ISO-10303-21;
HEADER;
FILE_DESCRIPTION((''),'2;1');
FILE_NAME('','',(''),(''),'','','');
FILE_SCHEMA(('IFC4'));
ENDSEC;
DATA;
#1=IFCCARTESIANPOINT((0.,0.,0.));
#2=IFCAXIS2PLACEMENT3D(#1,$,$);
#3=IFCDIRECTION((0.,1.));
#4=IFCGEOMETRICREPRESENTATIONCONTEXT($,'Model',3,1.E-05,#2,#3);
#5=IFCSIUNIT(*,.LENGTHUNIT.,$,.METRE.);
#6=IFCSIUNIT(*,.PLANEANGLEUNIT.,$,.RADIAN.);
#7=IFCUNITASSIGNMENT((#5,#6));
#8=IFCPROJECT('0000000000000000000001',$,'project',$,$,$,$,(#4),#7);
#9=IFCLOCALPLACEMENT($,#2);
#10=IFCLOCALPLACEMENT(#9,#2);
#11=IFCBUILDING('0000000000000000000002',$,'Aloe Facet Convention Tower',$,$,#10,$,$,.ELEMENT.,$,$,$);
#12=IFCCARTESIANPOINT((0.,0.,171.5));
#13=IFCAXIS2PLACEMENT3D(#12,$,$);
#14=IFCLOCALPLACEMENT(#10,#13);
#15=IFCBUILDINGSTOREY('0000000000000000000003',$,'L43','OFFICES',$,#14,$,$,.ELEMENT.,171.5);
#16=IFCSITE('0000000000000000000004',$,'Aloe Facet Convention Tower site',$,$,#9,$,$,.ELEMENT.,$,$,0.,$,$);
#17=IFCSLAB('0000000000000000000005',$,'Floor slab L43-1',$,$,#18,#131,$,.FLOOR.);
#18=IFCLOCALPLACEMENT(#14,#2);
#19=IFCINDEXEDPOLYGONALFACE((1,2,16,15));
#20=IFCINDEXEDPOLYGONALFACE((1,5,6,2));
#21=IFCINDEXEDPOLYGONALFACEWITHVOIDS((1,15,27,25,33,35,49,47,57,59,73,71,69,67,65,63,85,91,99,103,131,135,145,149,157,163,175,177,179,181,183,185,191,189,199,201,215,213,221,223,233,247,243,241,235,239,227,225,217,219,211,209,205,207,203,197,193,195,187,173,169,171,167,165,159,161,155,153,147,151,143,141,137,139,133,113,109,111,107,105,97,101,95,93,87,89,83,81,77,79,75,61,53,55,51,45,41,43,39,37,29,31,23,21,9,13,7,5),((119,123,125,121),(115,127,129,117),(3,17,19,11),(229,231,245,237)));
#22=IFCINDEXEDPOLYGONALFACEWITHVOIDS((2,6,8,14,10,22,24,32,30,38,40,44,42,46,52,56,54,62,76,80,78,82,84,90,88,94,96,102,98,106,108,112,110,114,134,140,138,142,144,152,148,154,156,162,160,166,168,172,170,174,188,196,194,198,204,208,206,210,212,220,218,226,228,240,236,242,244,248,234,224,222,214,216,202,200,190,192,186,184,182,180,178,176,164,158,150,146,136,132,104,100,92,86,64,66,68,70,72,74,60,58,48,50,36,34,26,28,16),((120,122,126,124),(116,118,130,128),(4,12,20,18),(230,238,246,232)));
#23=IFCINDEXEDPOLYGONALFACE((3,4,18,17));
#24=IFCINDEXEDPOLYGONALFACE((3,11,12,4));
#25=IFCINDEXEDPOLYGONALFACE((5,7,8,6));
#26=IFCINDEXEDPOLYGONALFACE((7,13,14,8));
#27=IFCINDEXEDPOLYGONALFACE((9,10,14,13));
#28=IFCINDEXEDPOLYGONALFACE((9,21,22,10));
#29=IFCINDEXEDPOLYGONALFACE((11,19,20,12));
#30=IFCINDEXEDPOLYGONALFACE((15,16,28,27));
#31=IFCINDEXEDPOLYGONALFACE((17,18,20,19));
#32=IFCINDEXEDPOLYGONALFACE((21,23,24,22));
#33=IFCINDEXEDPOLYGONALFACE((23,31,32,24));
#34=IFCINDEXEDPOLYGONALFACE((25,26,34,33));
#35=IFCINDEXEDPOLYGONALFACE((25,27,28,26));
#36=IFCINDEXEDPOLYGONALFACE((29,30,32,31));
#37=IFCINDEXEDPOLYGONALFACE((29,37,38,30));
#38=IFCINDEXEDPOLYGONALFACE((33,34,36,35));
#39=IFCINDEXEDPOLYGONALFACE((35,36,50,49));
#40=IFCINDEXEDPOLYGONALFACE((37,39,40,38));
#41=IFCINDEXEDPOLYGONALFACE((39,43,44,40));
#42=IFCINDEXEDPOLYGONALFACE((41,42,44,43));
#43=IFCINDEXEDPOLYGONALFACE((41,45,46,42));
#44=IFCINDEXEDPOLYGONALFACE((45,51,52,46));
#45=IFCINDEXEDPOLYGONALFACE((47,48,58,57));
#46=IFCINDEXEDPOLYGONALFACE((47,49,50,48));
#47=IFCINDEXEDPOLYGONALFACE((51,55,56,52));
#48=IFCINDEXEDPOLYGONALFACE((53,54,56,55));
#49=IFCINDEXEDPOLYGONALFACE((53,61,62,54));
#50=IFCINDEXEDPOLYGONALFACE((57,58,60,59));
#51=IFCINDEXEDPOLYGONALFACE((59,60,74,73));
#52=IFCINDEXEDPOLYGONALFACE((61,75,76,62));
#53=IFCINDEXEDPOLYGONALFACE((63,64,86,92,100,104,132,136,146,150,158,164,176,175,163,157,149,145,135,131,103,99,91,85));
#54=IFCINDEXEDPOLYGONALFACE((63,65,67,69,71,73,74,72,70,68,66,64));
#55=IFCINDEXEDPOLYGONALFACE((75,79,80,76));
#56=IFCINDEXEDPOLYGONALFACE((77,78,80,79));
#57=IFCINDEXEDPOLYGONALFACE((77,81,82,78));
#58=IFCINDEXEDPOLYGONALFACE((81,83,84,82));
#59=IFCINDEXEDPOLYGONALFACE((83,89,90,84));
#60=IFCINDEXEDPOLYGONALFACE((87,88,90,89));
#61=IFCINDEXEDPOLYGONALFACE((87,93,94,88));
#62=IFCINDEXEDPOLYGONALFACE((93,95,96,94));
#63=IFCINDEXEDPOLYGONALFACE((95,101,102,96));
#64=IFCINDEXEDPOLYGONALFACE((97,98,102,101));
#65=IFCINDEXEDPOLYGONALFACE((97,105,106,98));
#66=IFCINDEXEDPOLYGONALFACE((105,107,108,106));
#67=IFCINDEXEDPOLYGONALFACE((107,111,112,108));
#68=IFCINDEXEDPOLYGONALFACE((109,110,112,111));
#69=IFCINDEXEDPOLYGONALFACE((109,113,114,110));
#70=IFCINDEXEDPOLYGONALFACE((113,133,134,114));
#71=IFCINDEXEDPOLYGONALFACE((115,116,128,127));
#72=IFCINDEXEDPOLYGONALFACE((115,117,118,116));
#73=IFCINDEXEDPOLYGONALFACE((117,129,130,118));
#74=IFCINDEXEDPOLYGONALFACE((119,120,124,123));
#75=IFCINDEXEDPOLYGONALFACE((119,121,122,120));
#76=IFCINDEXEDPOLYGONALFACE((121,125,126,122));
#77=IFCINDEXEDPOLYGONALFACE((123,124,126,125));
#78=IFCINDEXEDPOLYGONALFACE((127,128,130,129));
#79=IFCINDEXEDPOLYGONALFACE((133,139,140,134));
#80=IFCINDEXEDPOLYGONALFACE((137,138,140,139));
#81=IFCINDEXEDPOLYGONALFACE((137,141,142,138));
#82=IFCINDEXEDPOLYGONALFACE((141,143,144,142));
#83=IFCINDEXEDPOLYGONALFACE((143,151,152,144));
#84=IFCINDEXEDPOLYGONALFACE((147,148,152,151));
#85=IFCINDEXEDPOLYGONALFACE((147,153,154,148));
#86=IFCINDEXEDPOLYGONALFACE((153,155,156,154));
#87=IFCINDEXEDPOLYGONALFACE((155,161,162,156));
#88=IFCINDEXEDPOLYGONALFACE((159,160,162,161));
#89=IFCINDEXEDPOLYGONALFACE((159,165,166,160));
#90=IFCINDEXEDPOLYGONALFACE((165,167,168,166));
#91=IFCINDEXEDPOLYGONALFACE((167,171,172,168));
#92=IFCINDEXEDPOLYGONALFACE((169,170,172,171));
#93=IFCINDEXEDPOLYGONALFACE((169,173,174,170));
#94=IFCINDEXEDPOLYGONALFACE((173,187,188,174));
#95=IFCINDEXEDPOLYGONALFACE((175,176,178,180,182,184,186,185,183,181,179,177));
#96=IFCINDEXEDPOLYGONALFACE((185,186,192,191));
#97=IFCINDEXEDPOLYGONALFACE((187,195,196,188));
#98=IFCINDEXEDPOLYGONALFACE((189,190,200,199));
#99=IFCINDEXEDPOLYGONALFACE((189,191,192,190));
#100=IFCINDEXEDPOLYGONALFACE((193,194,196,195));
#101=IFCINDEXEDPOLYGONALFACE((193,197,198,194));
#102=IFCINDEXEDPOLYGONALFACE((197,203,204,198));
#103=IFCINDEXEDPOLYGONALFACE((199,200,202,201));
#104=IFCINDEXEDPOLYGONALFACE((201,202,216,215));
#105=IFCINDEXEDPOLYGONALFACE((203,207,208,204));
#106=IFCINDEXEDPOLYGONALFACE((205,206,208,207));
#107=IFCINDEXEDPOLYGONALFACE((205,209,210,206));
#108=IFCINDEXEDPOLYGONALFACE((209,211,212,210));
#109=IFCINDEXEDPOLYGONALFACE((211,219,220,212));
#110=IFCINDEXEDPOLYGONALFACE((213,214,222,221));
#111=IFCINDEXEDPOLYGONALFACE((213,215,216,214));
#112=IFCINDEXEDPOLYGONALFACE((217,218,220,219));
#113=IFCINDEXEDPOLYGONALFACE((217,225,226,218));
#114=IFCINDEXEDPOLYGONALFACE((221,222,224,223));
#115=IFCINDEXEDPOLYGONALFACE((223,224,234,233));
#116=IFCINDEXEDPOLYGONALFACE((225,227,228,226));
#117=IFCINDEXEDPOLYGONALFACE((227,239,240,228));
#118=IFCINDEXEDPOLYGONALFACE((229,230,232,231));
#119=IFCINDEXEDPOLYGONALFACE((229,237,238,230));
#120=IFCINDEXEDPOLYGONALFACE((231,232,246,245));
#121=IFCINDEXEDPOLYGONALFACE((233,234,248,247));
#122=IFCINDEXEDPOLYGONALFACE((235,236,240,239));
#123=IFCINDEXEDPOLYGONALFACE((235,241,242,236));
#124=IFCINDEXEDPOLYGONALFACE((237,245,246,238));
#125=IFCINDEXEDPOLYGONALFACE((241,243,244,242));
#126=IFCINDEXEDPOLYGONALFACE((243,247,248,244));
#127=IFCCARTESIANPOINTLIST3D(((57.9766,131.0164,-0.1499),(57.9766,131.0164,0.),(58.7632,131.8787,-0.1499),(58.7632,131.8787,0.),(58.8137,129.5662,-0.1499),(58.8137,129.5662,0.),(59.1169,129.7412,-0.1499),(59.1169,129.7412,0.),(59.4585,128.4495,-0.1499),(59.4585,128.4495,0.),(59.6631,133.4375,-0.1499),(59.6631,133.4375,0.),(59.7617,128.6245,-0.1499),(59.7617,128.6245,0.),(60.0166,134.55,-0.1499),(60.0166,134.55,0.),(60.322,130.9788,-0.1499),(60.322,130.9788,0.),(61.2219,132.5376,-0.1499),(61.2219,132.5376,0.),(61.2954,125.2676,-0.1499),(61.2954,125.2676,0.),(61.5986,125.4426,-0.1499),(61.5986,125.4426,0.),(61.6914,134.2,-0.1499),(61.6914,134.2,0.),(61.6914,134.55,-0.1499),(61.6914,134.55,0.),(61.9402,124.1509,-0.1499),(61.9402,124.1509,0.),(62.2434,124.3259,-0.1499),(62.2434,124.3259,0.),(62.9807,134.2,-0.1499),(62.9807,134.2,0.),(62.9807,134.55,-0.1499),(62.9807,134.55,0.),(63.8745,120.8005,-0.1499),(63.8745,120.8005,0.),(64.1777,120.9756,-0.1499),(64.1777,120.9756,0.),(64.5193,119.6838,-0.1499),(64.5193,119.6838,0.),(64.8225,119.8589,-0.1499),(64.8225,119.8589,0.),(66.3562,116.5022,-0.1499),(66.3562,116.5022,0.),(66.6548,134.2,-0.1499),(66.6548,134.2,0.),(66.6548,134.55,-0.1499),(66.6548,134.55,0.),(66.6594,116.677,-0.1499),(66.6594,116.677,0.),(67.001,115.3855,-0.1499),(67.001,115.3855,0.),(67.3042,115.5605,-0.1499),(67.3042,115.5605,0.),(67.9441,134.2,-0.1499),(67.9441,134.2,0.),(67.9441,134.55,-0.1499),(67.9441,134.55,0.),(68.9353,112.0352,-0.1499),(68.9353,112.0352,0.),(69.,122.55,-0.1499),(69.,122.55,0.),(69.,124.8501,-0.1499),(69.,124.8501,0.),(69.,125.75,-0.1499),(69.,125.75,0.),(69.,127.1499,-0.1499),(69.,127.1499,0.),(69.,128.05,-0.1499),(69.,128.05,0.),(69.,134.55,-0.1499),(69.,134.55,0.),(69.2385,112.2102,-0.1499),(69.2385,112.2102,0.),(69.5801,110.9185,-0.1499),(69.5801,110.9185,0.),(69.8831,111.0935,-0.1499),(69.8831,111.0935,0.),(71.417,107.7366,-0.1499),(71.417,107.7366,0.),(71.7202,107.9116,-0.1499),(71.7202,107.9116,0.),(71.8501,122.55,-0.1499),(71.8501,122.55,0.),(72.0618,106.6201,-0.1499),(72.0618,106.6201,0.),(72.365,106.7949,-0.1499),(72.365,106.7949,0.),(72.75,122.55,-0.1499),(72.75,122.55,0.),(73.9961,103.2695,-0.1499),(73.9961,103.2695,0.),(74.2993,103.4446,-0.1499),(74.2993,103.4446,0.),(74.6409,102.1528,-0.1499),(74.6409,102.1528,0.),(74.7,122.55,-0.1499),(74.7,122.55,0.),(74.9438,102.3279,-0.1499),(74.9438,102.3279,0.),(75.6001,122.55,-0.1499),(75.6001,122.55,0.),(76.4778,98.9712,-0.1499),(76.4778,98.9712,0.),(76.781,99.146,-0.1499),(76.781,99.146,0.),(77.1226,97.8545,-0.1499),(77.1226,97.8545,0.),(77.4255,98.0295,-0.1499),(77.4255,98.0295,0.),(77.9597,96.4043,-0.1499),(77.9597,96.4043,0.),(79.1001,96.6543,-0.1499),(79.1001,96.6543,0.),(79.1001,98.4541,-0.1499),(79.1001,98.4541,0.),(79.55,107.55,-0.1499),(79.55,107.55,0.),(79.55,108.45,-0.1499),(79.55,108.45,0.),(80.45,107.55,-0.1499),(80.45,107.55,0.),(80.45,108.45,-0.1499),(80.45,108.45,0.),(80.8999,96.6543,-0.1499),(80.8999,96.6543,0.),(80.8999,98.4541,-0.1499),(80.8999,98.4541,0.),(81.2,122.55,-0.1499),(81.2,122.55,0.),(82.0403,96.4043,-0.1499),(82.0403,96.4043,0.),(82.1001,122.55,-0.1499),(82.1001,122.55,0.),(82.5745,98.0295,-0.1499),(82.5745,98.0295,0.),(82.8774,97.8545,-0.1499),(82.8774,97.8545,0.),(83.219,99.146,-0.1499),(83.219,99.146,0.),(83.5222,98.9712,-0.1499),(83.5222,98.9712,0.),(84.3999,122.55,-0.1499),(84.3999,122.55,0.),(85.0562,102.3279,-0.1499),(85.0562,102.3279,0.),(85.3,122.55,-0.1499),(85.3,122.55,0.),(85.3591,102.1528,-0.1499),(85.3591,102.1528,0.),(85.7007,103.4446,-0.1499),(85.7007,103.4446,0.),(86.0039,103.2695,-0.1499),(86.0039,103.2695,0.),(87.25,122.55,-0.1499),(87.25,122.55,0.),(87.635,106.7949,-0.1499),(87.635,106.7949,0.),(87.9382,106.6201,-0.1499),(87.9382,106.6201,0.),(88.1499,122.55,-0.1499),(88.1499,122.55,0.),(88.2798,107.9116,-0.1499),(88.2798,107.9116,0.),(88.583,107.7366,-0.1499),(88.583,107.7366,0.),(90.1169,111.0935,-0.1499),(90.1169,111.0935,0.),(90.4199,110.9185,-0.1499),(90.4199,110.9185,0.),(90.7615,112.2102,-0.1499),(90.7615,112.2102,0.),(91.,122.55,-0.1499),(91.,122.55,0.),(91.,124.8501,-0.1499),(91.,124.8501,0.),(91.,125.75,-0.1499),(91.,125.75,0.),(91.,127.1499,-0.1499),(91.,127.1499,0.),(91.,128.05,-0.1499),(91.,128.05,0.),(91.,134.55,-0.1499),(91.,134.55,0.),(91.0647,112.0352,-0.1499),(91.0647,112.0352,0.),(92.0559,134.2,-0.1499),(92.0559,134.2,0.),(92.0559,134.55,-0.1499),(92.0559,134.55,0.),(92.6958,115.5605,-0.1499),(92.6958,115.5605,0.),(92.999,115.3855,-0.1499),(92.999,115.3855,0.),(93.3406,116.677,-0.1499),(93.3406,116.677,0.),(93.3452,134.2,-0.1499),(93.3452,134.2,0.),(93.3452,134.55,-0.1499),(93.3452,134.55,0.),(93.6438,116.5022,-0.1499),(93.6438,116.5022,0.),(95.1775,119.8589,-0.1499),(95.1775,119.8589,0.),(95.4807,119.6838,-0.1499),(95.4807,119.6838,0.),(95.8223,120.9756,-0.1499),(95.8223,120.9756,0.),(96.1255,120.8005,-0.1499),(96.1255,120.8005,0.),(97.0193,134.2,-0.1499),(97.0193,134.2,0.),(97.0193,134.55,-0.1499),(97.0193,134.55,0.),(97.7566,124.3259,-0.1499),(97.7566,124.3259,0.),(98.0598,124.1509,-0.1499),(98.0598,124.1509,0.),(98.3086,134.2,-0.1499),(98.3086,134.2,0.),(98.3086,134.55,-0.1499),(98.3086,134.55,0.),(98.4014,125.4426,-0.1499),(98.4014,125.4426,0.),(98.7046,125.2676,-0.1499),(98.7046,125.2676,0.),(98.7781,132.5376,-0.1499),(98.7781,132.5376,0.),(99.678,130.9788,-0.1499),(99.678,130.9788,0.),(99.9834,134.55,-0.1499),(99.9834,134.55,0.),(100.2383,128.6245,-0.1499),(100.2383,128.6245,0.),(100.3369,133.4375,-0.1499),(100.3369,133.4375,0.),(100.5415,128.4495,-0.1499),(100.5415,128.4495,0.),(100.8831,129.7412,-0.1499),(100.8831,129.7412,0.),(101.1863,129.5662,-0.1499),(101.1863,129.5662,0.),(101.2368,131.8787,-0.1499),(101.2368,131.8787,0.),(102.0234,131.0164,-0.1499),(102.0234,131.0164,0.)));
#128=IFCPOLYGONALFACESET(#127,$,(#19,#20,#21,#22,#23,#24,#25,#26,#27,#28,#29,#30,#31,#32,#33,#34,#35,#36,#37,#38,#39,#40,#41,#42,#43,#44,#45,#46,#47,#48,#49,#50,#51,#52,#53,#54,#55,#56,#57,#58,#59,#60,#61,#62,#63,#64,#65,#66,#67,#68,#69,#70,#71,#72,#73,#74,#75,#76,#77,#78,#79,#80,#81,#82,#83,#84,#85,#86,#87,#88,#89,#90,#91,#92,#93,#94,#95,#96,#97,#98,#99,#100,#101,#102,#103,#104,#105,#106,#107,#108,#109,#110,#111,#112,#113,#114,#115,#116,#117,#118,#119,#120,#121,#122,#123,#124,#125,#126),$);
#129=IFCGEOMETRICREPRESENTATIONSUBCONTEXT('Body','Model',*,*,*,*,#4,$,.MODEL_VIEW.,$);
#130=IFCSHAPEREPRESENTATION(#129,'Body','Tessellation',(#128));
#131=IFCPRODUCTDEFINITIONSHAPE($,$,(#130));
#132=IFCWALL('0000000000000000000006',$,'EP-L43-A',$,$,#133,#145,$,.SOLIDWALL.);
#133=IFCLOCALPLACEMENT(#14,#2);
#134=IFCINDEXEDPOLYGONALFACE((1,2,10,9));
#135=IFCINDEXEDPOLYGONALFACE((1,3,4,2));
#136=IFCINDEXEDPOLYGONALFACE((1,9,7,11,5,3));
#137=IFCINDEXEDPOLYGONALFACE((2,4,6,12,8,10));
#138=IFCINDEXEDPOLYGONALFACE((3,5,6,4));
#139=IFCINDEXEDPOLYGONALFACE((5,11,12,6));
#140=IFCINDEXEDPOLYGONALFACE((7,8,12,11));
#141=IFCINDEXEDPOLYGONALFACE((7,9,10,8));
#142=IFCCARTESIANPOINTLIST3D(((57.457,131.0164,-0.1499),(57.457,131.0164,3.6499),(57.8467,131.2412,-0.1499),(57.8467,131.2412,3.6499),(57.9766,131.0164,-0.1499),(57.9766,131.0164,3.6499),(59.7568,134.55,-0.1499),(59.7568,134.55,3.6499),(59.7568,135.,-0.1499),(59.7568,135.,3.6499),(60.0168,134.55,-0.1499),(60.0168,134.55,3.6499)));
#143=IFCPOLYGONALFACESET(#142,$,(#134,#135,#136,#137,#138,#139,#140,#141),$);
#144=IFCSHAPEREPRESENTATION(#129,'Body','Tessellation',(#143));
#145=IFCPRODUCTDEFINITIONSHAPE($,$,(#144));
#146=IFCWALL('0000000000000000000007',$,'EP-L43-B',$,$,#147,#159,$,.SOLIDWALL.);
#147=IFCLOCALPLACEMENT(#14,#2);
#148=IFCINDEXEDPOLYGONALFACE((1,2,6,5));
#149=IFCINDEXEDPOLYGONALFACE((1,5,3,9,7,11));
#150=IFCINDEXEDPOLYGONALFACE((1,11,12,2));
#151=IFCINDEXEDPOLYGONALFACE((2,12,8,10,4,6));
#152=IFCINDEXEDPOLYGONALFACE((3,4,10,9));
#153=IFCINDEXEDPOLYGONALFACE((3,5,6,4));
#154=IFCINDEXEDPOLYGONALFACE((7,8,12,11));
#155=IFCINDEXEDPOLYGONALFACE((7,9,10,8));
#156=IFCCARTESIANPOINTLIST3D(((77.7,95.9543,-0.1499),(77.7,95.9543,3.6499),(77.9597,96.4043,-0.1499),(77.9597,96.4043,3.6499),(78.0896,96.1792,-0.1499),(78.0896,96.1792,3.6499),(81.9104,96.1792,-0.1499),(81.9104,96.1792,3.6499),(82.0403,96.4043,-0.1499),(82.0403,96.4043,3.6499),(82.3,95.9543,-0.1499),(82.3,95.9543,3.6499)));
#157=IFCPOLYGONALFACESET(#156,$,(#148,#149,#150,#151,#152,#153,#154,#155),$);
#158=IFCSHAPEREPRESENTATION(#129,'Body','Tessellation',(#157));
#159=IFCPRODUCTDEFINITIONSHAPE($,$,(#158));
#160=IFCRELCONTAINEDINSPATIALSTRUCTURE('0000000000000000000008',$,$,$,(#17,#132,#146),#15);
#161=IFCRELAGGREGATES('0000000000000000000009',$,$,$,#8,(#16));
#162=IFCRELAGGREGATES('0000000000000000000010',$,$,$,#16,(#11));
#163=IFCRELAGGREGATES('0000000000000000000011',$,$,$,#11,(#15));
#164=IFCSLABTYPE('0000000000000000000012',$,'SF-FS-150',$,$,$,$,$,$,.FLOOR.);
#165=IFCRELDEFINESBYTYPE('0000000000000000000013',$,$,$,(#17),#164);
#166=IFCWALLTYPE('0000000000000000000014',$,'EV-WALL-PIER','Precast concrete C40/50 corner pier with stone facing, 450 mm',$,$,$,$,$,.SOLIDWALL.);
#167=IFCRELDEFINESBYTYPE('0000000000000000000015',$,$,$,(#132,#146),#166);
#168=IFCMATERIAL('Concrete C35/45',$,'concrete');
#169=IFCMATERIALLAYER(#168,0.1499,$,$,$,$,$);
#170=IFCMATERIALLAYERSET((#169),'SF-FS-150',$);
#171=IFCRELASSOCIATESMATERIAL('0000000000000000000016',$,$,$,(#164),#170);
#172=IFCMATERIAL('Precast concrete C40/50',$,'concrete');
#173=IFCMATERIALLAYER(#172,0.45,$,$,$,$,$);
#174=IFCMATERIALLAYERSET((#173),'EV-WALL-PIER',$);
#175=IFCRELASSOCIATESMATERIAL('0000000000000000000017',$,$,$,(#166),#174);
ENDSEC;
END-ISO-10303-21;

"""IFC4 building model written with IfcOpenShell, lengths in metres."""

from ifc_helpers import new_model, si_unit, direction, frame, origin, place, context, subcontext, project, spatial, polyline, outline, extrude, material, layer, layer_set, type_object, element, save


model = new_model("IFC4")

# Units and contexts
model_context = context("Model", 3, precision=1e-05, world=origin(), true_north=direction((0.0, 1.0)))
body_context = subcontext(model_context, "Body", "Model", "MODEL_VIEW")
ifc_project = project(units=[si_unit("LENGTHUNIT", "METRE"), si_unit("PLANEANGLEUNIT", "RADIAN")], contexts=[model_context])

# Site, building, storey
site_placement = place(None, origin())
site = spatial("IfcSite", under=ifc_project, at=site_placement, Name="Aloe Facet Convention Tower site", CompositionType="ELEMENT", RefElevation=0.0)
building_placement = place(site_placement, origin())
building = spatial("IfcBuilding", under=site, at=building_placement, Name="Aloe Facet Convention Tower", CompositionType="ELEMENT")
storey_placement = place(building_placement, frame((0.0, 0.0, 171.5)))
storey = spatial("IfcBuildingStorey", under=building, at=storey_placement, Name="L43", Description="OFFICES", CompositionType="ELEMENT", Elevation=171.5)

# Slab
ifc_material_1 = material(Name="Concrete C35/45", Category="concrete")
ifc_layer_1 = layer(ifc_material_1, 0.1499)
ifc_layer_set_1 = layer_set([ifc_layer_1], Name="SF-FS-150")
slab_type_1 = type_object("IfcSlabType", Name="SF-FS-150", PredefinedType="FLOOR", material=ifc_layer_set_1)
slab_1_placement = place(storey_placement, frame((0.0, 0.0, -0.1499)))
element("IfcSlab", 1, at=slab_1_placement, inside=storey, type_object=slab_type_1, Name="Floor slab L43-1", PredefinedType="FLOOR", context=body_context, shape_type="SweptSolid", body=[
    extrude(outline(polyline([(102.0234, 131.0164), (101.1863, 129.5662), (100.8831, 129.7412), (100.2383, 128.6245), (100.5415, 128.4495), (98.7046, 125.2676), (98.4014, 125.4426), (97.7566, 124.3259), (98.0598, 124.1509), (96.1255, 120.8005), (95.8223, 120.9756), (95.1775, 119.8589), (95.4807, 119.6838), (93.6438, 116.5022), (93.3406, 116.677), (92.6958, 115.5605), (92.999, 115.3855), (91.0647, 112.0352), (90.7615, 112.2102), (90.1169, 111.0935), (90.4199, 110.9185), (88.583, 107.7366), (88.2798, 107.9116), (87.635, 106.7949), (87.9382, 106.6201), (86.0039, 103.2695), (85.7007, 103.4446), (85.0562, 102.3279), (85.3591, 102.1528), (83.5222, 98.9712), (83.219, 99.146), (82.5745, 98.0295), (82.8774, 97.8545), (82.0403, 96.4043), (77.9597, 96.4043), (77.1226, 97.8545), (77.4255, 98.0295), (76.781, 99.146), (76.4778, 98.9712), (74.6409, 102.1528), (74.9438, 102.3279), (74.2993, 103.4446), (73.9961, 103.2695), (72.0618, 106.6201), (72.365, 106.7949), (71.7202, 107.9116), (71.417, 107.7366), (69.5801, 110.9185), (69.8831, 111.0935), (69.2385, 112.2102), (68.9353, 112.0352), (67.001, 115.3855), (67.3042, 115.5605), (66.6594, 116.677), (66.3562, 116.5022), (64.5193, 119.6838), (64.8225, 119.8589), (64.1777, 120.9756), (63.8745, 120.8005), (61.9402, 124.1509), (62.2434, 124.3259), (61.5986, 125.4426), (61.2954, 125.2676), (59.4585, 128.4495), (59.7617, 128.6245), (59.1169, 129.7412), (58.8137, 129.5662), (57.9766, 131.0164), (60.0166, 134.55), (61.6914, 134.55), (61.6914, 134.2), (62.9807, 134.2), (62.9807, 134.55), (66.6548, 134.55), (66.6548, 134.2), (67.9441, 134.2), (67.9441, 134.55), (69.0, 134.55), (69.0, 128.05), (69.0, 127.1499), (69.0, 125.75), (69.0, 124.8501), (69.0, 122.55), (71.8501, 122.55), (72.75, 122.55), (74.7, 122.55), (75.6001, 122.55), (81.2, 122.55), (82.1001, 122.55), (84.3999, 122.55), (85.3, 122.55), (87.25, 122.55), (88.1499, 122.55), (91.0, 122.55), (91.0, 124.8501), (91.0, 125.75), (91.0, 127.1499), (91.0, 128.05), (91.0, 134.55), (92.0559, 134.55), (92.0559, 134.2), (93.3452, 134.2), (93.3452, 134.55), (97.0193, 134.55), (97.0193, 134.2), (98.3086, 134.2), (98.3086, 134.55), (99.9834, 134.55), (102.0234, 131.0164)]), holes=[polyline([(80.8999, 96.6543), (80.8999, 98.4541), (79.1001, 98.4541), (79.1001, 96.6543), (80.8999, 96.6543)]), polyline([(59.6631, 133.4375), (58.7632, 131.8787), (60.322, 130.9788), (61.2219, 132.5376), (59.6631, 133.4375)]), polyline([(80.45, 107.55), (80.45, 108.45), (79.55, 108.45), (79.55, 107.55), (80.45, 107.55)]), polyline([(101.2368, 131.8787), (100.3369, 133.4375), (98.7781, 132.5376), (99.678, 130.9788), (101.2368, 131.8787)])]), origin(), (0.0, 0.0, 1.0), 0.1499),
])

# Walls
ifc_material_2 = material(Name="Precast concrete C40/50", Category="concrete")
ifc_layer_2 = layer(ifc_material_2, 0.45)
ifc_layer_set_2 = layer_set([ifc_layer_2], Name="EV-WALL-PIER")
wall_type_1 = type_object("IfcWallType", Name="EV-WALL-PIER", Description="Precast concrete C40/50 corner pier with stone facing, 450 mm", PredefinedType="SOLIDWALL", material=ifc_layer_set_2)
wall_1_placement = place(storey_placement, frame((0.0, 0.0, -0.1499)))
element("IfcWall", 2, at=wall_1_placement, inside=storey, type_object=wall_type_1, Name="EP-L43-A", PredefinedType="SOLIDWALL", context=body_context, shape_type="SweptSolid", body=[
    extrude(outline(polyline([(59.7568, 135.0), (59.7568, 134.55), (60.0168, 134.55), (57.9766, 131.0164), (57.8467, 131.2412), (57.457, 131.0164), (59.7568, 135.0)])), origin(), (0.0, 0.0, 1.0), 3.7998),
])
wall_2_placement = place(storey_placement, frame((0.0, 0.0, -0.1499)))
element("IfcWall", 3, at=wall_2_placement, inside=storey, type_object=wall_type_1, Name="EP-L43-B", PredefinedType="SOLIDWALL", context=body_context, shape_type="SweptSolid", body=[
    extrude(outline(polyline([(77.7, 95.9543), (78.0896, 96.1792), (77.9597, 96.4043), (82.0403, 96.4043), (81.9104, 96.1792), (82.3, 95.9543), (77.7, 95.9543)])), origin(), (0.0, 0.0, 1.0), 3.7998),
])

save(model, "model.ifc")
